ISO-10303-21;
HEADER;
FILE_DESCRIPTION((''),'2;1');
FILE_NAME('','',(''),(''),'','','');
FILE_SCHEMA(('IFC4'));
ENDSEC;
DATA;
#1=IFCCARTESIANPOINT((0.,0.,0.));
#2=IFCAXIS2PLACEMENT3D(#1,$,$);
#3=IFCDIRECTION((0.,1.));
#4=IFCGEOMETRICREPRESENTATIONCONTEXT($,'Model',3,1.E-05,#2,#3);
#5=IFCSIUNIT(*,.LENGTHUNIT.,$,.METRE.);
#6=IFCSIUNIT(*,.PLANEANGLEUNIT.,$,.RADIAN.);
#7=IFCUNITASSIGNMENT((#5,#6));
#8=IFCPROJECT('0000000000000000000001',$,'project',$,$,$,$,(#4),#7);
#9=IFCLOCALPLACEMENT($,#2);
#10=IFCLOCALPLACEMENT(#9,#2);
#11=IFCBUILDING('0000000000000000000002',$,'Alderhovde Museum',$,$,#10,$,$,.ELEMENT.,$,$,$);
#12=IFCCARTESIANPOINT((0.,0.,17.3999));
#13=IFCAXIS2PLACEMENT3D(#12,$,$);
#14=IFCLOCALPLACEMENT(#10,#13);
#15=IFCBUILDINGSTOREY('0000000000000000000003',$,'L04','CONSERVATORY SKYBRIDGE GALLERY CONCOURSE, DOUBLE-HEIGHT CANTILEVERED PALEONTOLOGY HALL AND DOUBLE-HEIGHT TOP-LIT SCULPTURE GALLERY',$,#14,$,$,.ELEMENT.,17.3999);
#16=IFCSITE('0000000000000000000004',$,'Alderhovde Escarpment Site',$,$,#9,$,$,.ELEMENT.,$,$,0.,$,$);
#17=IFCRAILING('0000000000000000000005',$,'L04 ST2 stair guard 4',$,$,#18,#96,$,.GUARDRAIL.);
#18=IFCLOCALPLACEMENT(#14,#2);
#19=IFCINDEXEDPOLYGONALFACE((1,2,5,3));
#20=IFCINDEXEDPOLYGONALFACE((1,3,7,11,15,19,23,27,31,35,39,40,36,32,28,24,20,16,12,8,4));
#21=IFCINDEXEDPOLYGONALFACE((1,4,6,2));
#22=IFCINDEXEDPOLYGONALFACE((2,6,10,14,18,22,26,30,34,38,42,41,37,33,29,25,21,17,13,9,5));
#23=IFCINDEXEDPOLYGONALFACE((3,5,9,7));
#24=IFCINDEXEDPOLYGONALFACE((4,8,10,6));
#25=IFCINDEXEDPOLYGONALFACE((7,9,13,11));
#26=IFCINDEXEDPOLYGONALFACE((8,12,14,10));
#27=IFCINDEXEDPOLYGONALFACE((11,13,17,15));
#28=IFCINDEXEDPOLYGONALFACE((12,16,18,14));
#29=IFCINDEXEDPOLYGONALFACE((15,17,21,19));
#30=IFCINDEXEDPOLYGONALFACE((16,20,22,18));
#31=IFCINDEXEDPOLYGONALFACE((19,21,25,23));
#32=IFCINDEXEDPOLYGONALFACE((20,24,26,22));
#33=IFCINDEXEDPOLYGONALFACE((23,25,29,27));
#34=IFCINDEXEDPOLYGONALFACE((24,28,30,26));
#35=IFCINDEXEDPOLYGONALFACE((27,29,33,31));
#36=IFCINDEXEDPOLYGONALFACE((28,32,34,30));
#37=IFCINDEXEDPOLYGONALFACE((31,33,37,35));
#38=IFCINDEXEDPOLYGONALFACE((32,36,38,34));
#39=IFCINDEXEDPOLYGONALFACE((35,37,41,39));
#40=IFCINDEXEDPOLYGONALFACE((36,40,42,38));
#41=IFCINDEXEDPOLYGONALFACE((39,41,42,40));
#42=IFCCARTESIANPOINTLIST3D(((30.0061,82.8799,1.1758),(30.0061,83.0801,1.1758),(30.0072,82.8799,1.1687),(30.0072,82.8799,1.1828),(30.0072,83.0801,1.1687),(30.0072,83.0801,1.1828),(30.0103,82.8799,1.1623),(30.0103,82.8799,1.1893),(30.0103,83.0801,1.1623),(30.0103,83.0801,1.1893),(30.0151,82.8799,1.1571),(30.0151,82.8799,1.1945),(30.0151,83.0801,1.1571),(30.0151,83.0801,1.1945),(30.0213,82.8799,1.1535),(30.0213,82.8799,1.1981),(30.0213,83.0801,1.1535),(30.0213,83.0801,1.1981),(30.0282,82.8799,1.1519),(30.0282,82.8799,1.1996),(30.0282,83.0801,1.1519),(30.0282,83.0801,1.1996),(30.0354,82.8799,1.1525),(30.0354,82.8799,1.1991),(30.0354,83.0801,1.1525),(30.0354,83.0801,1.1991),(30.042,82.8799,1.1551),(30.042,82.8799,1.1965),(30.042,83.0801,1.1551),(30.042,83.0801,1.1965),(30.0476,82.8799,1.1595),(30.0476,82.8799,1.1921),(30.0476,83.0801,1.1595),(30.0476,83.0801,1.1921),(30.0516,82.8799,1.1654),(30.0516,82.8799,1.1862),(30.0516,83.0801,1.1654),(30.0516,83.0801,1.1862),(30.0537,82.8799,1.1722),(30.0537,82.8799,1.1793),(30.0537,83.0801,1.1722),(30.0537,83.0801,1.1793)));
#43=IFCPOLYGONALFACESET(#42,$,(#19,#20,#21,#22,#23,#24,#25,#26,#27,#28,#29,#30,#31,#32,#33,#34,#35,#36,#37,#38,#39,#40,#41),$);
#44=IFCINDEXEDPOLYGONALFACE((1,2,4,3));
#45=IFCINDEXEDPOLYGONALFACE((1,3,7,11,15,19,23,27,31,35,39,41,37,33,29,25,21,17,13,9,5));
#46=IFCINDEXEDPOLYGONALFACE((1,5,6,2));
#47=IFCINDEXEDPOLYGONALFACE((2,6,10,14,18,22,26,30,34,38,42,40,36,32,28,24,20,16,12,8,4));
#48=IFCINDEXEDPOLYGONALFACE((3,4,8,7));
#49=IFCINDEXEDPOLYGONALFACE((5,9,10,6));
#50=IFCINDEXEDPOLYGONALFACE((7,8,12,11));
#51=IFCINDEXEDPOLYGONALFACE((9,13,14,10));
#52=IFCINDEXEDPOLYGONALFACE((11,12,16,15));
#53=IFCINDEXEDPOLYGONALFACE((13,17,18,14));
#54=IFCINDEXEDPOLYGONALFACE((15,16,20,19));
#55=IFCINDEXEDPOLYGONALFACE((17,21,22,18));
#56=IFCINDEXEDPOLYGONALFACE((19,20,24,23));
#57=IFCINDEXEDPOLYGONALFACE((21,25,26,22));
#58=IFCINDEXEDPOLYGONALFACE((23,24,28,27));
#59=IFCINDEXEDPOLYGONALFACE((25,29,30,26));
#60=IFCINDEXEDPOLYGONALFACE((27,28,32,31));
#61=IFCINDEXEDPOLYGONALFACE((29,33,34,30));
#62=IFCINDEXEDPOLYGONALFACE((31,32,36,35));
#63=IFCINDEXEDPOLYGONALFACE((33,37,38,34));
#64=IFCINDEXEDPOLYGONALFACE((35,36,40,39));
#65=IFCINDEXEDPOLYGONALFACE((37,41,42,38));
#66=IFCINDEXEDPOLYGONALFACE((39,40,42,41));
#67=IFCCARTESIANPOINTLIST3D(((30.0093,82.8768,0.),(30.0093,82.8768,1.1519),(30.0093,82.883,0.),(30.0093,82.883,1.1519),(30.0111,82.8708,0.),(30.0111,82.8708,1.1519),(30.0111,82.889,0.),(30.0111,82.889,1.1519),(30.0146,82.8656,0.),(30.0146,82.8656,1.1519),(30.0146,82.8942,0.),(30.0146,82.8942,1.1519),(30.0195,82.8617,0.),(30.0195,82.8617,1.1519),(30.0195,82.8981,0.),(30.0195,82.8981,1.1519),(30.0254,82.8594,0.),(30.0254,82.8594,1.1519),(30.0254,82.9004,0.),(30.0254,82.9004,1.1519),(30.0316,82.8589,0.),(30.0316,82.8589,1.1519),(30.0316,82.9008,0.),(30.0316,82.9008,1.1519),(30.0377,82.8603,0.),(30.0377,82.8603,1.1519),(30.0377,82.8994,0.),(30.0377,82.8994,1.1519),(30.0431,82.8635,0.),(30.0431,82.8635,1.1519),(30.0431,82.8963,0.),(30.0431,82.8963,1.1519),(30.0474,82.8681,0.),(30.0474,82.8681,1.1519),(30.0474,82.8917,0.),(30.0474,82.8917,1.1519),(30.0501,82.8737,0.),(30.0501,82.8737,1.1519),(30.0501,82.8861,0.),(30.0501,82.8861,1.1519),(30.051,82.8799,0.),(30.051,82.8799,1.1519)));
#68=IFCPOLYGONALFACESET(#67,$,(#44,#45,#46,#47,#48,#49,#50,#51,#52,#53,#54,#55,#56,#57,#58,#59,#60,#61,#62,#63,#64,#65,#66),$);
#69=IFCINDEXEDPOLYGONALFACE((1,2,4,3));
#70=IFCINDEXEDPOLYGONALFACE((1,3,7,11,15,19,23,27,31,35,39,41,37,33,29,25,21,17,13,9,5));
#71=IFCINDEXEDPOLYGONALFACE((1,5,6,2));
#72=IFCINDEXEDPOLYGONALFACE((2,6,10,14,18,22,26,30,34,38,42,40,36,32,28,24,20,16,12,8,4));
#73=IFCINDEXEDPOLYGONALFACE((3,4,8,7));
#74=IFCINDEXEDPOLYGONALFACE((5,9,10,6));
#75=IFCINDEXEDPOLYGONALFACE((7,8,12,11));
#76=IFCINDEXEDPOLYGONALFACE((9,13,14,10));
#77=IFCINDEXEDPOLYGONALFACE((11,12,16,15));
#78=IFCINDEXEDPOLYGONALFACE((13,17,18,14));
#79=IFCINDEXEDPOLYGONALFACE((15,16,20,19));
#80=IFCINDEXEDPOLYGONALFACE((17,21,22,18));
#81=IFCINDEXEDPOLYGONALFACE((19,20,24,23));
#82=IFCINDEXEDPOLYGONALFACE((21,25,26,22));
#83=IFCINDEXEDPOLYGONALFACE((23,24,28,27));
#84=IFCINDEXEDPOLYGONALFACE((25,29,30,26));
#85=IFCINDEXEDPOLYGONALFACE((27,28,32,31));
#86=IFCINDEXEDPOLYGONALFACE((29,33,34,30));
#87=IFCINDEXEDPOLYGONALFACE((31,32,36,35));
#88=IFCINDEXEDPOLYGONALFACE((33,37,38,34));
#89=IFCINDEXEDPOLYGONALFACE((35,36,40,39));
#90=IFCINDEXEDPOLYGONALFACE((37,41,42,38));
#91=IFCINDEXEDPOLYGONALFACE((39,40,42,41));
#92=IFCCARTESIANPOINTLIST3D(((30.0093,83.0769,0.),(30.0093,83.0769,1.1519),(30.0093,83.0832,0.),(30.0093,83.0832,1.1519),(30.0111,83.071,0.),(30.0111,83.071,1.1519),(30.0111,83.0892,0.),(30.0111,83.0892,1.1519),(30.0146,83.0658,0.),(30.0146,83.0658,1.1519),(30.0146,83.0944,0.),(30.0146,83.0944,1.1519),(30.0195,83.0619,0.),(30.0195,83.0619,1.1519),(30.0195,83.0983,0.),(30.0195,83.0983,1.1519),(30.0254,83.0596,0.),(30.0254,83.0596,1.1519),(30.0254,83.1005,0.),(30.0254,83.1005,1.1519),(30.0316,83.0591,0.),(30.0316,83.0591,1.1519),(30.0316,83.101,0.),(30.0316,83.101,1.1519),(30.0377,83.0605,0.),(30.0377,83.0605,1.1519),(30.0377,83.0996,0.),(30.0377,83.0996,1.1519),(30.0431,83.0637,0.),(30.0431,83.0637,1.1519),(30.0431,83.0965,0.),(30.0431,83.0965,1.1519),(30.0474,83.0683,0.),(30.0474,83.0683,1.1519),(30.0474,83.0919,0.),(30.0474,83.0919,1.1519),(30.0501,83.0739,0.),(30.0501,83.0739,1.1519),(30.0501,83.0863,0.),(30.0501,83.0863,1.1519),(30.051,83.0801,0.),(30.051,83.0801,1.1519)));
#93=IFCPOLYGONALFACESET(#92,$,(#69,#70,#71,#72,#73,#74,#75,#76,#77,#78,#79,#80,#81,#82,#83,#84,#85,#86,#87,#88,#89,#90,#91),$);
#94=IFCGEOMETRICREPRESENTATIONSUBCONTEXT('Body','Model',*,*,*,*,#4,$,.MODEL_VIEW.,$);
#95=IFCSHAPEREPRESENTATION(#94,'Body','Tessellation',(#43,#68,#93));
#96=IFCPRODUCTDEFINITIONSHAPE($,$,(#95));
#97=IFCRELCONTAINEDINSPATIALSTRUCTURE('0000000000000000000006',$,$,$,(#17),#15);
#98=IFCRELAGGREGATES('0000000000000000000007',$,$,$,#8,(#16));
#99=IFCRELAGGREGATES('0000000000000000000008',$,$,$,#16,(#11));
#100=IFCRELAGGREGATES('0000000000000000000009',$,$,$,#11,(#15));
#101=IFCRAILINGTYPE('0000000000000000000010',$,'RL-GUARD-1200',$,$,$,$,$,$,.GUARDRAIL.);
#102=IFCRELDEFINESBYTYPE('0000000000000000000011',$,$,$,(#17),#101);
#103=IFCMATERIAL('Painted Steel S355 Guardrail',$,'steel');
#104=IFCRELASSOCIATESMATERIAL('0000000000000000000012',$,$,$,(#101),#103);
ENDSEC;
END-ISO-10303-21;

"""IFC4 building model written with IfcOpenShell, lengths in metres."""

from ifc_helpers import new_model, si_unit, direction, frame, origin, origin_2d, place, context, subcontext, project, spatial, circle, extrude, material, type_object, element, save


model = new_model("IFC4")

# Units and contexts
model_context = context("Model", 3, precision=1e-05, world=origin(), true_north=direction((0.0, 1.0)))
body_context = subcontext(model_context, "Body", "Model", "MODEL_VIEW")
ifc_project = project(units=[si_unit("LENGTHUNIT", "METRE"), si_unit("PLANEANGLEUNIT", "RADIAN")], contexts=[model_context])

# Site, building, storey
site_placement = place(None, origin())
site = spatial("IfcSite", under=ifc_project, at=site_placement, Name="Alderhovde Escarpment Site", CompositionType="ELEMENT", RefElevation=0.0)
building_placement = place(site_placement, origin())
building = spatial("IfcBuilding", under=site, at=building_placement, Name="Alderhovde Museum", CompositionType="ELEMENT")
storey_placement = place(building_placement, frame((0.0, 0.0, 17.3999)))
storey = spatial("IfcBuildingStorey", under=building, at=storey_placement, Name="L04", Description="CONSERVATORY SKYBRIDGE GALLERY CONCOURSE, DOUBLE-HEIGHT CANTILEVERED PALEONTOLOGY HALL AND DOUBLE-HEIGHT TOP-LIT SCULPTURE GALLERY", CompositionType="ELEMENT", Elevation=17.3999)

# Railing
ifc_material_1 = material(Name="Painted Steel S355 Guardrail", Category="steel")
railing_type_1 = type_object("IfcRailingType", Name="RL-GUARD-1200", PredefinedType="GUARDRAIL", material=ifc_material_1)
railing_1_placement = place(storey_placement, frame((30.03, 82.8799, 0.0)))
element("IfcRailing", 1, at=railing_1_placement, inside=storey, type_object=railing_type_1, Name="L04 ST2 stair guard 4", PredefinedType="GUARDRAIL", context=body_context, shape_type="SweptSolid", body=[
    extrude(circle(Radius=0.0239, at=origin_2d()), frame((0.0, 0.0, 1.1758), z_axis=(0.0, 1.0, 0.0), x_axis=(-1.0, 0.0, 0.0)), (0.0, 0.0, 1.0), 0.2002),
    extrude(circle(Radius=0.021, at=origin_2d()), origin(), (0.0, 0.0, 1.0), 1.1519),
    extrude(circle(Radius=0.021, at=origin_2d()), frame((0.0, 0.2002, 0.0)), (0.0, 0.0, 1.0), 1.1519),
])

save(model, "model.ifc")
